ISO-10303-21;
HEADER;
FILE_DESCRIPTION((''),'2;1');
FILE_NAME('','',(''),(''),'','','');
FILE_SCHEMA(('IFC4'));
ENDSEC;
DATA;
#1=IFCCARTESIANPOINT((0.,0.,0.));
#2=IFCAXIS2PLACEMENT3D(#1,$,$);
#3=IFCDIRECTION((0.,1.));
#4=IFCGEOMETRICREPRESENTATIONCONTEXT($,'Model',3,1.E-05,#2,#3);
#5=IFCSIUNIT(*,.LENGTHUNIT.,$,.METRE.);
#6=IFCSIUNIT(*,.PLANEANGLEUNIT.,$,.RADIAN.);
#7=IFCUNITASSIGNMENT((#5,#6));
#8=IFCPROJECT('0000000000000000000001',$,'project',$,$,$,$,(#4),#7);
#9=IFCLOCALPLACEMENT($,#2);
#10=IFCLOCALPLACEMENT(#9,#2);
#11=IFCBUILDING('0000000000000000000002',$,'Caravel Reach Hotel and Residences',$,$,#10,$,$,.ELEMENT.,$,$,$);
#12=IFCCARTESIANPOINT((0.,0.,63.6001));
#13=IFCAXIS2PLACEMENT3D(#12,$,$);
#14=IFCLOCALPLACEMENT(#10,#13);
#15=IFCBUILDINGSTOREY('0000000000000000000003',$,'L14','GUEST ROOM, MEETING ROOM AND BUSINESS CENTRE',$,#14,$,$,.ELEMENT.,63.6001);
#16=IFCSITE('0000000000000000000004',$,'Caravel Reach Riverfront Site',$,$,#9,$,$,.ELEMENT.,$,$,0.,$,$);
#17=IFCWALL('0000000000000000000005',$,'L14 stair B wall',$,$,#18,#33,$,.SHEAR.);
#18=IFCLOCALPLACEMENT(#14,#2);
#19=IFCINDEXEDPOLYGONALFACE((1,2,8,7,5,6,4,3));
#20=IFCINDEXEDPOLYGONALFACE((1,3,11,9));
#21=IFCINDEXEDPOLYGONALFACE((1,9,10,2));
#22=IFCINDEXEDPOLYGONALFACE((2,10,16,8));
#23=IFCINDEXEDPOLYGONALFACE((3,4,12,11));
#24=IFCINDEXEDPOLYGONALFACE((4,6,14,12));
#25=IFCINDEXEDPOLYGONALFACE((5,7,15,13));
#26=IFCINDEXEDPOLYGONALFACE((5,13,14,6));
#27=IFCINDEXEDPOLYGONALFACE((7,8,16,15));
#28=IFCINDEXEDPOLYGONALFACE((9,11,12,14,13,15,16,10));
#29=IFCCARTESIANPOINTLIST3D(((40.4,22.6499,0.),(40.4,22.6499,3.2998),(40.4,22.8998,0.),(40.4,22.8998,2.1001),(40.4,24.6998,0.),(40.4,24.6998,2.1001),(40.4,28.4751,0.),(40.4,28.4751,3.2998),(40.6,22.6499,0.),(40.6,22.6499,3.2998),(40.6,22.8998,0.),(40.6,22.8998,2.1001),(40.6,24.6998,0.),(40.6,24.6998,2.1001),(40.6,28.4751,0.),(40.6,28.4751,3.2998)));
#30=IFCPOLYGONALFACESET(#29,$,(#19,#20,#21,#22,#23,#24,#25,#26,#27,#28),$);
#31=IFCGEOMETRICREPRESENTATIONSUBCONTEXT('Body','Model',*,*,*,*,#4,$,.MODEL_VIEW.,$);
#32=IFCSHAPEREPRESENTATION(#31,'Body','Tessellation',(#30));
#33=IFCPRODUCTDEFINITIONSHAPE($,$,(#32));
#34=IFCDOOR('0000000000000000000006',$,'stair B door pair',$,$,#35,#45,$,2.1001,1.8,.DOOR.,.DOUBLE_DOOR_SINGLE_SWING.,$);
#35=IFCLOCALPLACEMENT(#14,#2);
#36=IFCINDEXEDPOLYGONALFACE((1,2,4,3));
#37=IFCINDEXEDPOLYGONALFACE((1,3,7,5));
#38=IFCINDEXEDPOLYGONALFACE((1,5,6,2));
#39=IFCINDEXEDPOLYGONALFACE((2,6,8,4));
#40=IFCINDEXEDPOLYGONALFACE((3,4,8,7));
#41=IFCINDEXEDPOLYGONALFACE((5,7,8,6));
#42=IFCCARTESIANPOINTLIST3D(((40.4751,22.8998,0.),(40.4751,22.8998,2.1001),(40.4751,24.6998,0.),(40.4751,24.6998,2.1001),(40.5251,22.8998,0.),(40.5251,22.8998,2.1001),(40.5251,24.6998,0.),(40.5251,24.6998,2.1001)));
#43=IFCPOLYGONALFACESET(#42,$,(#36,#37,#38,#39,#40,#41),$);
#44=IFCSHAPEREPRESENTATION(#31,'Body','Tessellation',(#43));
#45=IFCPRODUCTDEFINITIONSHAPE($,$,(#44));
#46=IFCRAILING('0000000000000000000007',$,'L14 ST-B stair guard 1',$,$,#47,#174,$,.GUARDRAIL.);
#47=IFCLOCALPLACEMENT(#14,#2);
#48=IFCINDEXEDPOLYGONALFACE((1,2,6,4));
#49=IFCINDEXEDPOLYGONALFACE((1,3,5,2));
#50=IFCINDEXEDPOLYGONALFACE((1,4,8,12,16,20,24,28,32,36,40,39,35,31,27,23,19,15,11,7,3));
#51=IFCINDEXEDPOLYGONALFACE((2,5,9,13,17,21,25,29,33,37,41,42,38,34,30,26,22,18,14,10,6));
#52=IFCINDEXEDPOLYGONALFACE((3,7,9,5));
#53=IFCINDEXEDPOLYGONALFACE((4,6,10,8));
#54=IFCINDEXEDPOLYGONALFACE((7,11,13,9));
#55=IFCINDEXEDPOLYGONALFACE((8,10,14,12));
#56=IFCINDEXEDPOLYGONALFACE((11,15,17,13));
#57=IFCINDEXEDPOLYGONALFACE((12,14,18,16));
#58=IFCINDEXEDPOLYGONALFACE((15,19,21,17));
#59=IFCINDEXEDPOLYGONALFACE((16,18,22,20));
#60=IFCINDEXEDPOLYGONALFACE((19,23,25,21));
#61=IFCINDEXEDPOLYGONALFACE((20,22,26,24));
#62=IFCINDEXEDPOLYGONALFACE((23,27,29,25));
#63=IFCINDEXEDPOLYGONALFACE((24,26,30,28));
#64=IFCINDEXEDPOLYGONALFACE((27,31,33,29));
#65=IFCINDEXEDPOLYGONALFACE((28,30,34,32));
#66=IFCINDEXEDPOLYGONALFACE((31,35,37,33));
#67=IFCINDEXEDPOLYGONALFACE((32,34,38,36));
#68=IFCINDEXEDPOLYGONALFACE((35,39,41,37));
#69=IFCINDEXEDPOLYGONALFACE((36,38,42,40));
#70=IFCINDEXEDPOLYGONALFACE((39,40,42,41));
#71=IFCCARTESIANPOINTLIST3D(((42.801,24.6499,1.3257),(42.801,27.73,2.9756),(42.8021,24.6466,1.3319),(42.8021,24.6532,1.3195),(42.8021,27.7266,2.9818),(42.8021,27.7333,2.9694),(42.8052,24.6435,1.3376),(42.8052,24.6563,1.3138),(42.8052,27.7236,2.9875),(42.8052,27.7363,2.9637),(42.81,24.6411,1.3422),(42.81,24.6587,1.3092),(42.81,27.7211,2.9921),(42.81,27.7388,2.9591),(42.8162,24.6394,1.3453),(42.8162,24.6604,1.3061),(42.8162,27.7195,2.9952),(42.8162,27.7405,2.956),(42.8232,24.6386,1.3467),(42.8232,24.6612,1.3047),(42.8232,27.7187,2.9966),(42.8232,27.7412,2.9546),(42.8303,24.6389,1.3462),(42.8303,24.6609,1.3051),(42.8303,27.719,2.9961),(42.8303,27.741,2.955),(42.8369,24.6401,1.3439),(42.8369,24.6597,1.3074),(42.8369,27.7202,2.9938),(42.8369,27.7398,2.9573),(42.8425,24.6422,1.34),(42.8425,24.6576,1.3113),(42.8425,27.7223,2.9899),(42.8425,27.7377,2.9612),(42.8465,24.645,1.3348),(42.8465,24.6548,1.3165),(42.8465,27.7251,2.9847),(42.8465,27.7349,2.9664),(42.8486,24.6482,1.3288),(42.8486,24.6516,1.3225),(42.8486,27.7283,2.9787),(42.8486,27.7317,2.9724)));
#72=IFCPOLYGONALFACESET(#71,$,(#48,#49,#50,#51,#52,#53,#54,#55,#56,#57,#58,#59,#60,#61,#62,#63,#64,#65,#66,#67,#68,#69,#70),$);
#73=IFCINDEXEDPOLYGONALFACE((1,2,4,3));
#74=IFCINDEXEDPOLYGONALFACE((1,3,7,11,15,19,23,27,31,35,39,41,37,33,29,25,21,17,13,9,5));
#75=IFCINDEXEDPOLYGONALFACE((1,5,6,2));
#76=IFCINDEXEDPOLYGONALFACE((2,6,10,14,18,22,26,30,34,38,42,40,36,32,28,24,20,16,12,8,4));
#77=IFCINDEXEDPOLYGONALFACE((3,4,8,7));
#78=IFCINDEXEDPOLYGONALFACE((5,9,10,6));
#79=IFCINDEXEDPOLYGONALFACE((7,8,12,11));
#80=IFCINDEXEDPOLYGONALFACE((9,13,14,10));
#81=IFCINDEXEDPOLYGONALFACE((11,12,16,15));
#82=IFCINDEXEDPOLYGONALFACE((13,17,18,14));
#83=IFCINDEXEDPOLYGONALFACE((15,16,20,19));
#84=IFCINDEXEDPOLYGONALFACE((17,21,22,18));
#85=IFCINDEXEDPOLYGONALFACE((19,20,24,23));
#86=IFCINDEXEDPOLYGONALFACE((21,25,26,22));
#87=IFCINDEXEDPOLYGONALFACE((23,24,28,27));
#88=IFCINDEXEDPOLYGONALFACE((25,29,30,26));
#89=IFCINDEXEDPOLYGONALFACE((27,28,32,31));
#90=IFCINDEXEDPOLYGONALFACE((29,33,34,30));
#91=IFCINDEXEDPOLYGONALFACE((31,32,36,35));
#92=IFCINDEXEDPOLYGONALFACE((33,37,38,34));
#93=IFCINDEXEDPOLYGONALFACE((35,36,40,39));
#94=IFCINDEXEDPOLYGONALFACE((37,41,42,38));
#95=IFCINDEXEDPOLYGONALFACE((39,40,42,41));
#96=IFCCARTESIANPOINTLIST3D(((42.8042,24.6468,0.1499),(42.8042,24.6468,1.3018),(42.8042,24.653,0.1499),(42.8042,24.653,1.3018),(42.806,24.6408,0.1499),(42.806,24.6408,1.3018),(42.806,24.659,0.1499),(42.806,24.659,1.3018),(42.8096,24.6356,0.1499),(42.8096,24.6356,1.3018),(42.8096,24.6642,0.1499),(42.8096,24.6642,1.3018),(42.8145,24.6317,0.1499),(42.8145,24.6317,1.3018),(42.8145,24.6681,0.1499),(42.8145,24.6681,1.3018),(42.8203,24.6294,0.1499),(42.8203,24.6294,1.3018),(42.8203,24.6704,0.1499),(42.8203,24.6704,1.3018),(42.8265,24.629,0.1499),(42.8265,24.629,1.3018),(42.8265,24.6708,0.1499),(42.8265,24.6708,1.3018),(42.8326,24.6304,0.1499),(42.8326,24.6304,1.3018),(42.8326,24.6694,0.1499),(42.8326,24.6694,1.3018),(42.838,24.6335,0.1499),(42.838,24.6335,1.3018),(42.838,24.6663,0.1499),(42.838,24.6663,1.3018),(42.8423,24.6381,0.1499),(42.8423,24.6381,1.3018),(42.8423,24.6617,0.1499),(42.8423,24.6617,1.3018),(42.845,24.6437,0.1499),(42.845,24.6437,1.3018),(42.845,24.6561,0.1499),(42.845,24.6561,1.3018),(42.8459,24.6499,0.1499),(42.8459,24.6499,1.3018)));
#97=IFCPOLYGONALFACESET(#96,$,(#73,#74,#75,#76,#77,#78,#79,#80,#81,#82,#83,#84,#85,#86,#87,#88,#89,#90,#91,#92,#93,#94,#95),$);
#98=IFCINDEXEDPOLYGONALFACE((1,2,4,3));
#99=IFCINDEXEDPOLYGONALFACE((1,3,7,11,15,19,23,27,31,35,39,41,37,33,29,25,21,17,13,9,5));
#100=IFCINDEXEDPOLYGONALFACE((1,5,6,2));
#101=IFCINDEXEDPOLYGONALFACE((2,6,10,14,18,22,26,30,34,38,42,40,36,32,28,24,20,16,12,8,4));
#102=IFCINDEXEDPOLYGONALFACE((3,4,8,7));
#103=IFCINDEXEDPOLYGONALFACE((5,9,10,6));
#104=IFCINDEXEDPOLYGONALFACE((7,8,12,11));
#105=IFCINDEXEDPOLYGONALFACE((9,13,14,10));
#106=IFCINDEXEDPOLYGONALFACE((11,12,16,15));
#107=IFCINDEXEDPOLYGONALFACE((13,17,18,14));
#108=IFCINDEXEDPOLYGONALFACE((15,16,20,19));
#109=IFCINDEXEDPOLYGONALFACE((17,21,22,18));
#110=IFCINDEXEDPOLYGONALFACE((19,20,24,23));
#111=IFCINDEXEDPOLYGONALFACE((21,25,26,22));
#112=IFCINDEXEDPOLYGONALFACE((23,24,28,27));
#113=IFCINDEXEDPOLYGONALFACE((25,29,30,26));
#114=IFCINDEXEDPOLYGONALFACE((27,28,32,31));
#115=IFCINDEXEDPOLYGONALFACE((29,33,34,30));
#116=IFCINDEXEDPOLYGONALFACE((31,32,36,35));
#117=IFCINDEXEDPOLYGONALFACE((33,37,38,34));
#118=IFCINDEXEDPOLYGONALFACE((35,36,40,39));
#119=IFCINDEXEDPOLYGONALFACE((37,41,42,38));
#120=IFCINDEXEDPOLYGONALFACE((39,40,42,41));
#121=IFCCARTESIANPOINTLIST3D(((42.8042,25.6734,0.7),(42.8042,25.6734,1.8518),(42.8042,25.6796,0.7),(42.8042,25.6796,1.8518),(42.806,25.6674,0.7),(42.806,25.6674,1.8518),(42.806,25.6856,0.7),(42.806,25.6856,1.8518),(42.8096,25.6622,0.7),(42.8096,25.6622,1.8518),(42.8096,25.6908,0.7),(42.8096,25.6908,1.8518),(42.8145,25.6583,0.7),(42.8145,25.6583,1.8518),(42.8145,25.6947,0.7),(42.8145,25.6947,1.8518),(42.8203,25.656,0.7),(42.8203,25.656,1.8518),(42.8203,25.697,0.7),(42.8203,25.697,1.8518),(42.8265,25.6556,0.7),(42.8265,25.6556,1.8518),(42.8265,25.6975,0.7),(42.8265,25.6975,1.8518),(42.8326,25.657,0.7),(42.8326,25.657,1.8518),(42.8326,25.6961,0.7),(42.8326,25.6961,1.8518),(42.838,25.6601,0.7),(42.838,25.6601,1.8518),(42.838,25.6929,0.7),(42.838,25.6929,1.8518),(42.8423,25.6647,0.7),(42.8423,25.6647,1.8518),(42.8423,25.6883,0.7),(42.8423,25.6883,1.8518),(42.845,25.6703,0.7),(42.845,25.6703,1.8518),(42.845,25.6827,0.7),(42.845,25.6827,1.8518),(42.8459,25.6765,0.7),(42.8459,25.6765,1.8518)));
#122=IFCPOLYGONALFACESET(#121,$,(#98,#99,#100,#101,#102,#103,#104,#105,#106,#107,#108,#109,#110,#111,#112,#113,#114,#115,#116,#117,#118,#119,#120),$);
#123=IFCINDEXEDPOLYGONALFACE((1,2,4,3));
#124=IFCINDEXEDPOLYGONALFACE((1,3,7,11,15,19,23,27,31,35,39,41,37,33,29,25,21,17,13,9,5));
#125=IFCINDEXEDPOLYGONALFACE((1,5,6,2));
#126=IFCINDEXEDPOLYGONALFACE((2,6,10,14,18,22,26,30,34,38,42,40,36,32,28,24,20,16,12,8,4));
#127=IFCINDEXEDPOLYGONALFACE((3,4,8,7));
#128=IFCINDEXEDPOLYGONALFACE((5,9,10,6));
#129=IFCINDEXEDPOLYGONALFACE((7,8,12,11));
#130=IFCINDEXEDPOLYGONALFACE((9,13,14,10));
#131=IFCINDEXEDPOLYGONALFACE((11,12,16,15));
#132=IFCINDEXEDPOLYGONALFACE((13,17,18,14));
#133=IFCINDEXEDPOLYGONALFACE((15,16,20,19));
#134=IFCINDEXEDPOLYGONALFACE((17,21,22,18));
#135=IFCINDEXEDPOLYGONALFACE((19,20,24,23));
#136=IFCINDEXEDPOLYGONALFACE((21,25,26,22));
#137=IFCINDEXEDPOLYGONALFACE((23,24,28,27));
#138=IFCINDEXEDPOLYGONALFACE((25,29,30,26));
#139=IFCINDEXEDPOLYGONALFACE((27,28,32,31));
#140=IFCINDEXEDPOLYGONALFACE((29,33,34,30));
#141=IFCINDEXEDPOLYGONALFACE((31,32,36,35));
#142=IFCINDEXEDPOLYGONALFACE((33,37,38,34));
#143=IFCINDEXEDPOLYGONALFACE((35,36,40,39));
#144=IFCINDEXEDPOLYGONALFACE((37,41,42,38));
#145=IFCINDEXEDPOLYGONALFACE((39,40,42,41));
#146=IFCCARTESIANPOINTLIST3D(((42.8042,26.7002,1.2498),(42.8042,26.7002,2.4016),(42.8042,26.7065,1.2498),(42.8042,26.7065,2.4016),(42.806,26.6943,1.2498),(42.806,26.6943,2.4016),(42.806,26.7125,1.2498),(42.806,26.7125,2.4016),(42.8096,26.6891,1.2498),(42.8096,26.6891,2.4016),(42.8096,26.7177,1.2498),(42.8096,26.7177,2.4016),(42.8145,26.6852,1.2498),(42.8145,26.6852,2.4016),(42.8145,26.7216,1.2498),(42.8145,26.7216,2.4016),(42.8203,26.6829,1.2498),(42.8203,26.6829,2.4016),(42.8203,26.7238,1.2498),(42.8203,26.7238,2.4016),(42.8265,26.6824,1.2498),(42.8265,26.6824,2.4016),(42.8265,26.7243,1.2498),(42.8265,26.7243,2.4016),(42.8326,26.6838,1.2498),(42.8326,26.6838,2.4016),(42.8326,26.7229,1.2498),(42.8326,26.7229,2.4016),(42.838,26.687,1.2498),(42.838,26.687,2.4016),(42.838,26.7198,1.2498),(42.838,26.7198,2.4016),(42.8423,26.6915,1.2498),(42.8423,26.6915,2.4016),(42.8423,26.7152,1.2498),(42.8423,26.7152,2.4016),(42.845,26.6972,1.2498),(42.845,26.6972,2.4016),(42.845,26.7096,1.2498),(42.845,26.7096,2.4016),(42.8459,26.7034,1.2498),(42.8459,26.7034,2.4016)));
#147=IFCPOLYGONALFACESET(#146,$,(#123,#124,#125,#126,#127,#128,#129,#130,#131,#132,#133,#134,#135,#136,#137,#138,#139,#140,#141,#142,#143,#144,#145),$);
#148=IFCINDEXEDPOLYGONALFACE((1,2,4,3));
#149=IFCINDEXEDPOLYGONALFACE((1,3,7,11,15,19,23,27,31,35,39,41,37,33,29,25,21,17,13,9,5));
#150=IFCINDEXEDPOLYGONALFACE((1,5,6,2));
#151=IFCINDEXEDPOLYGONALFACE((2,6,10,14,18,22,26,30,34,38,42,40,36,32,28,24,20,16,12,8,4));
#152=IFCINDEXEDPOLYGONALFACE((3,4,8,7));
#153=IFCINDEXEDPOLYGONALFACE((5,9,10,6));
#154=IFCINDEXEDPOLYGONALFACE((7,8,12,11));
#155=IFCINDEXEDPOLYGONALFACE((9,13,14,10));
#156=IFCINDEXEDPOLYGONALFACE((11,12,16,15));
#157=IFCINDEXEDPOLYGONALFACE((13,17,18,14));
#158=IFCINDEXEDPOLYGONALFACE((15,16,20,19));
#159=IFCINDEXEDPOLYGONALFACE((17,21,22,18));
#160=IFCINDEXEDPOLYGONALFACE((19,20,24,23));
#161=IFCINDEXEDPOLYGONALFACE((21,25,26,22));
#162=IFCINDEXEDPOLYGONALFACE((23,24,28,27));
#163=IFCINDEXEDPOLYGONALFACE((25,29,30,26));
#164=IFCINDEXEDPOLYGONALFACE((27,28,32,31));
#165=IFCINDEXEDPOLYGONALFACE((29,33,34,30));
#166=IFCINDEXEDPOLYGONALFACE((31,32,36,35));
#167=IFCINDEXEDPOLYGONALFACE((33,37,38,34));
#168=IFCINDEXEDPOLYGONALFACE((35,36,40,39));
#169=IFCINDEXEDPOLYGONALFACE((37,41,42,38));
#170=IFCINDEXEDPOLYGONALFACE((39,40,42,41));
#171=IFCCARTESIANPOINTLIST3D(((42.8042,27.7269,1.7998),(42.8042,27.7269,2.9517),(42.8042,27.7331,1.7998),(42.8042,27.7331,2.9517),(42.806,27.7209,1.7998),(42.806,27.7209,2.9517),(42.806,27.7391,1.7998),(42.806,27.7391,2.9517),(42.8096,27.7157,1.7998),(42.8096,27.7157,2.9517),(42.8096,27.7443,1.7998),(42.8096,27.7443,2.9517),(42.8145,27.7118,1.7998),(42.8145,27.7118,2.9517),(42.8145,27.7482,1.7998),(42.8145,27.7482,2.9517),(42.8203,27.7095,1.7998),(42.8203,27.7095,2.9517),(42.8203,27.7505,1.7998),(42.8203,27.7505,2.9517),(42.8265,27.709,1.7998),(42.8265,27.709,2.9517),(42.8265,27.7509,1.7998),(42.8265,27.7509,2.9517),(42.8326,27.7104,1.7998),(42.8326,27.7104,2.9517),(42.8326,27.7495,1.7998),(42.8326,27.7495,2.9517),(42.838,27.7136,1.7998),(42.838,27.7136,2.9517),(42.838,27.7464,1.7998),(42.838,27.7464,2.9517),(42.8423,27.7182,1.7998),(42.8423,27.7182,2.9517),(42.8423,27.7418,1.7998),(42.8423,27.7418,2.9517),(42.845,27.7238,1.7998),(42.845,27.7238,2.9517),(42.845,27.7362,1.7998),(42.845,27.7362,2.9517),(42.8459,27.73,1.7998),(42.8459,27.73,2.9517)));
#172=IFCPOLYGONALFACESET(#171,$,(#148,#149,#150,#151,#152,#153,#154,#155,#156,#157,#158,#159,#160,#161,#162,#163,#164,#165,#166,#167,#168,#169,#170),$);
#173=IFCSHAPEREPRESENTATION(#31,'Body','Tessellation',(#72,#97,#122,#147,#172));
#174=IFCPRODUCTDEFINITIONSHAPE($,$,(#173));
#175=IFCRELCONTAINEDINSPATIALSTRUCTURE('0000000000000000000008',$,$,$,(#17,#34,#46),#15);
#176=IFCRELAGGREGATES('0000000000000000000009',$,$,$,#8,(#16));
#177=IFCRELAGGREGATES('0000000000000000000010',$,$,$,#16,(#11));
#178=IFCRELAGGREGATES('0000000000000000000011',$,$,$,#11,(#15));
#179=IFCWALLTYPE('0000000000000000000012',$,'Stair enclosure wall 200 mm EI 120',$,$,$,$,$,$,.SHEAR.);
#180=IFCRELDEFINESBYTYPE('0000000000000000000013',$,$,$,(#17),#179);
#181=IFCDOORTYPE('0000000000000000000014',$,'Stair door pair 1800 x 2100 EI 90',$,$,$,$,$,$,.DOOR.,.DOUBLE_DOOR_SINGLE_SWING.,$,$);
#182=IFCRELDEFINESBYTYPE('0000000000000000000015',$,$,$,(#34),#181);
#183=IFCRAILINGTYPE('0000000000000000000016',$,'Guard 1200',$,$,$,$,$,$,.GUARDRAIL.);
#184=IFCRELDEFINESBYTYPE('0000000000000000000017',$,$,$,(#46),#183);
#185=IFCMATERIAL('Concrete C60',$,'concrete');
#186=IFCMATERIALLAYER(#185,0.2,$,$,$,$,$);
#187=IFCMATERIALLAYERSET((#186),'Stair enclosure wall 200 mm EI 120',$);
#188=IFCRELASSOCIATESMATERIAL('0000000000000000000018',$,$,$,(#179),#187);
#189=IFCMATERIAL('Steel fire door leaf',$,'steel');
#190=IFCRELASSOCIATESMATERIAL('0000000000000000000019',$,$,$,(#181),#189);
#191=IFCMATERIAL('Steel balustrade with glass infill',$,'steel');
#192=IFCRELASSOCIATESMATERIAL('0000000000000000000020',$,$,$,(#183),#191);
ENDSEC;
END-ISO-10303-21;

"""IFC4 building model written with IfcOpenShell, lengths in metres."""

from ifc_helpers import new_model, si_unit, direction, frame, frame_2d, origin, origin_2d, place, context, subcontext, project, spatial, rectangle, circle, extrude, material, layer, layer_set, type_object, element, fill, save


model = new_model("IFC4")

# Units and contexts
model_context = context("Model", 3, precision=1e-05, world=origin(), true_north=direction((0.0, 1.0)))
body_context = subcontext(model_context, "Body", "Model", "MODEL_VIEW")
ifc_project = project(units=[si_unit("LENGTHUNIT", "METRE"), si_unit("PLANEANGLEUNIT", "RADIAN")], contexts=[model_context])

# Site, building, storey
site_placement = place(None, origin())
site = spatial("IfcSite", under=ifc_project, at=site_placement, Name="Caravel Reach Riverfront Site", CompositionType="ELEMENT", RefElevation=0.0)
building_placement = place(site_placement, origin())
building = spatial("IfcBuilding", under=site, at=building_placement, Name="Caravel Reach Hotel and Residences", CompositionType="ELEMENT")
storey_placement = place(building_placement, frame((0.0, 0.0, 63.6001)))
storey = spatial("IfcBuildingStorey", under=building, at=storey_placement, Name="L14", Description="GUEST ROOM, MEETING ROOM AND BUSINESS CENTRE", CompositionType="ELEMENT", Elevation=63.6001)

# Wall, opening, door
ifc_material_1 = material(Name="Concrete C60", Category="concrete")
ifc_layer_1 = layer(ifc_material_1, 0.2)
ifc_layer_set_1 = layer_set([ifc_layer_1], Name="Stair enclosure wall 200 mm EI 120")
wall_type_1 = type_object("IfcWallType", Name="Stair enclosure wall 200 mm EI 120", PredefinedType="SHEAR", material=ifc_layer_set_1)
wall_1_placement = place(storey_placement, frame((40.5, 22.6499, 0.0), z_axis=(0.0, 0.0, 1.0), x_axis=(0.0, 1.0, 0.0)))
wall_1 = element("IfcWall", 1, at=wall_1_placement, inside=storey, type_object=wall_type_1, Name="L14 stair B wall", PredefinedType="SHEAR", context=body_context, shape_type="SweptSolid", body=[
    extrude(rectangle(XDim=5.8252, YDim=0.2, at=frame_2d((2.9126, 0.0))), origin(), (0.0, 0.0, 1.0), 3.2998),
])
opening_1_placement = place(wall_1_placement, frame((0.25, 0.0, 0.0)))
opening_1 = element("IfcOpeningElement", 2, at=opening_1_placement, cuts=wall_1, PredefinedType="OPENING", context=body_context, shape_type="SweptSolid", body=[
    extrude(rectangle(XDim=1.8, YDim=2.1001, at=frame_2d((0.8999, 1.05))), frame((0.0, 0.1099, 0.0), z_axis=(0.0, -1.0, 0.0), x_axis=(1.0, 0.0, 0.0)), (0.0, 0.0, 1.0), 0.22),
])
ifc_material_2 = material(Name="Steel fire door leaf", Category="steel")
door_type_1 = type_object("IfcDoorType", Name="Stair door pair 1800 x 2100 EI 90", OperationType="DOUBLE_DOOR_SINGLE_SWING", PredefinedType="DOOR", material=ifc_material_2)
door_1_placement = place(opening_1_placement, origin())
door_1 = element("IfcDoor", 3, at=door_1_placement, inside=storey, type_object=door_type_1, Name="stair B door pair", OperationType="DOUBLE_DOOR_SINGLE_SWING", OverallHeight=2.1001, OverallWidth=1.8, PredefinedType="DOOR", context=body_context, shape_type="SweptSolid", body=[
    extrude(rectangle(XDim=1.8, YDim=2.1001, at=frame_2d((0.8999, 1.05))), frame((0.0, 0.0249, 0.0), z_axis=(0.0, -1.0, 0.0), x_axis=(1.0, 0.0, 0.0)), (0.0, 0.0, 1.0), 0.05),
])
fill(opening_1, door_1)

# Railing
ifc_material_3 = material(Name="Steel balustrade with glass infill", Category="steel")
railing_type = type_object("IfcRailingType", Name="Guard 1200", PredefinedType="GUARDRAIL", material=ifc_material_3)
railing_1_placement = place(storey_placement, frame((42.825, 24.6499, 0.1499)))
element("IfcRailing", 4, at=railing_1_placement, inside=storey, type_object=railing_type, Name="L14 ST-B stair guard 1", PredefinedType="GUARDRAIL", context=body_context, shape_type="SweptSolid", body=[
    extrude(circle(Radius=0.0239, at=origin_2d()), frame((0.0, 0.0, 1.1758), z_axis=(0.0, 0.881497, 0.47219), x_axis=(-1.0, 0.0, 0.0)), (0.0, 0.0, 1.0), 3.4941),
    extrude(circle(Radius=0.021, at=origin_2d()), origin(), (0.0, 0.0, 1.0), 1.1519),
    extrude(circle(Radius=0.021, at=origin_2d()), frame((0.0, 1.0266, 0.55)), (0.0, 0.0, 1.0), 1.1519),
    extrude(circle(Radius=0.021, at=origin_2d()), frame((0.0, 2.0535, 1.0999)), (0.0, 0.0, 1.0), 1.1519),
    extrude(circle(Radius=0.021, at=origin_2d()), frame((0.0, 3.0801, 1.6499)), (0.0, 0.0, 1.0), 1.1519),
])

save(model, "model.ifc")
